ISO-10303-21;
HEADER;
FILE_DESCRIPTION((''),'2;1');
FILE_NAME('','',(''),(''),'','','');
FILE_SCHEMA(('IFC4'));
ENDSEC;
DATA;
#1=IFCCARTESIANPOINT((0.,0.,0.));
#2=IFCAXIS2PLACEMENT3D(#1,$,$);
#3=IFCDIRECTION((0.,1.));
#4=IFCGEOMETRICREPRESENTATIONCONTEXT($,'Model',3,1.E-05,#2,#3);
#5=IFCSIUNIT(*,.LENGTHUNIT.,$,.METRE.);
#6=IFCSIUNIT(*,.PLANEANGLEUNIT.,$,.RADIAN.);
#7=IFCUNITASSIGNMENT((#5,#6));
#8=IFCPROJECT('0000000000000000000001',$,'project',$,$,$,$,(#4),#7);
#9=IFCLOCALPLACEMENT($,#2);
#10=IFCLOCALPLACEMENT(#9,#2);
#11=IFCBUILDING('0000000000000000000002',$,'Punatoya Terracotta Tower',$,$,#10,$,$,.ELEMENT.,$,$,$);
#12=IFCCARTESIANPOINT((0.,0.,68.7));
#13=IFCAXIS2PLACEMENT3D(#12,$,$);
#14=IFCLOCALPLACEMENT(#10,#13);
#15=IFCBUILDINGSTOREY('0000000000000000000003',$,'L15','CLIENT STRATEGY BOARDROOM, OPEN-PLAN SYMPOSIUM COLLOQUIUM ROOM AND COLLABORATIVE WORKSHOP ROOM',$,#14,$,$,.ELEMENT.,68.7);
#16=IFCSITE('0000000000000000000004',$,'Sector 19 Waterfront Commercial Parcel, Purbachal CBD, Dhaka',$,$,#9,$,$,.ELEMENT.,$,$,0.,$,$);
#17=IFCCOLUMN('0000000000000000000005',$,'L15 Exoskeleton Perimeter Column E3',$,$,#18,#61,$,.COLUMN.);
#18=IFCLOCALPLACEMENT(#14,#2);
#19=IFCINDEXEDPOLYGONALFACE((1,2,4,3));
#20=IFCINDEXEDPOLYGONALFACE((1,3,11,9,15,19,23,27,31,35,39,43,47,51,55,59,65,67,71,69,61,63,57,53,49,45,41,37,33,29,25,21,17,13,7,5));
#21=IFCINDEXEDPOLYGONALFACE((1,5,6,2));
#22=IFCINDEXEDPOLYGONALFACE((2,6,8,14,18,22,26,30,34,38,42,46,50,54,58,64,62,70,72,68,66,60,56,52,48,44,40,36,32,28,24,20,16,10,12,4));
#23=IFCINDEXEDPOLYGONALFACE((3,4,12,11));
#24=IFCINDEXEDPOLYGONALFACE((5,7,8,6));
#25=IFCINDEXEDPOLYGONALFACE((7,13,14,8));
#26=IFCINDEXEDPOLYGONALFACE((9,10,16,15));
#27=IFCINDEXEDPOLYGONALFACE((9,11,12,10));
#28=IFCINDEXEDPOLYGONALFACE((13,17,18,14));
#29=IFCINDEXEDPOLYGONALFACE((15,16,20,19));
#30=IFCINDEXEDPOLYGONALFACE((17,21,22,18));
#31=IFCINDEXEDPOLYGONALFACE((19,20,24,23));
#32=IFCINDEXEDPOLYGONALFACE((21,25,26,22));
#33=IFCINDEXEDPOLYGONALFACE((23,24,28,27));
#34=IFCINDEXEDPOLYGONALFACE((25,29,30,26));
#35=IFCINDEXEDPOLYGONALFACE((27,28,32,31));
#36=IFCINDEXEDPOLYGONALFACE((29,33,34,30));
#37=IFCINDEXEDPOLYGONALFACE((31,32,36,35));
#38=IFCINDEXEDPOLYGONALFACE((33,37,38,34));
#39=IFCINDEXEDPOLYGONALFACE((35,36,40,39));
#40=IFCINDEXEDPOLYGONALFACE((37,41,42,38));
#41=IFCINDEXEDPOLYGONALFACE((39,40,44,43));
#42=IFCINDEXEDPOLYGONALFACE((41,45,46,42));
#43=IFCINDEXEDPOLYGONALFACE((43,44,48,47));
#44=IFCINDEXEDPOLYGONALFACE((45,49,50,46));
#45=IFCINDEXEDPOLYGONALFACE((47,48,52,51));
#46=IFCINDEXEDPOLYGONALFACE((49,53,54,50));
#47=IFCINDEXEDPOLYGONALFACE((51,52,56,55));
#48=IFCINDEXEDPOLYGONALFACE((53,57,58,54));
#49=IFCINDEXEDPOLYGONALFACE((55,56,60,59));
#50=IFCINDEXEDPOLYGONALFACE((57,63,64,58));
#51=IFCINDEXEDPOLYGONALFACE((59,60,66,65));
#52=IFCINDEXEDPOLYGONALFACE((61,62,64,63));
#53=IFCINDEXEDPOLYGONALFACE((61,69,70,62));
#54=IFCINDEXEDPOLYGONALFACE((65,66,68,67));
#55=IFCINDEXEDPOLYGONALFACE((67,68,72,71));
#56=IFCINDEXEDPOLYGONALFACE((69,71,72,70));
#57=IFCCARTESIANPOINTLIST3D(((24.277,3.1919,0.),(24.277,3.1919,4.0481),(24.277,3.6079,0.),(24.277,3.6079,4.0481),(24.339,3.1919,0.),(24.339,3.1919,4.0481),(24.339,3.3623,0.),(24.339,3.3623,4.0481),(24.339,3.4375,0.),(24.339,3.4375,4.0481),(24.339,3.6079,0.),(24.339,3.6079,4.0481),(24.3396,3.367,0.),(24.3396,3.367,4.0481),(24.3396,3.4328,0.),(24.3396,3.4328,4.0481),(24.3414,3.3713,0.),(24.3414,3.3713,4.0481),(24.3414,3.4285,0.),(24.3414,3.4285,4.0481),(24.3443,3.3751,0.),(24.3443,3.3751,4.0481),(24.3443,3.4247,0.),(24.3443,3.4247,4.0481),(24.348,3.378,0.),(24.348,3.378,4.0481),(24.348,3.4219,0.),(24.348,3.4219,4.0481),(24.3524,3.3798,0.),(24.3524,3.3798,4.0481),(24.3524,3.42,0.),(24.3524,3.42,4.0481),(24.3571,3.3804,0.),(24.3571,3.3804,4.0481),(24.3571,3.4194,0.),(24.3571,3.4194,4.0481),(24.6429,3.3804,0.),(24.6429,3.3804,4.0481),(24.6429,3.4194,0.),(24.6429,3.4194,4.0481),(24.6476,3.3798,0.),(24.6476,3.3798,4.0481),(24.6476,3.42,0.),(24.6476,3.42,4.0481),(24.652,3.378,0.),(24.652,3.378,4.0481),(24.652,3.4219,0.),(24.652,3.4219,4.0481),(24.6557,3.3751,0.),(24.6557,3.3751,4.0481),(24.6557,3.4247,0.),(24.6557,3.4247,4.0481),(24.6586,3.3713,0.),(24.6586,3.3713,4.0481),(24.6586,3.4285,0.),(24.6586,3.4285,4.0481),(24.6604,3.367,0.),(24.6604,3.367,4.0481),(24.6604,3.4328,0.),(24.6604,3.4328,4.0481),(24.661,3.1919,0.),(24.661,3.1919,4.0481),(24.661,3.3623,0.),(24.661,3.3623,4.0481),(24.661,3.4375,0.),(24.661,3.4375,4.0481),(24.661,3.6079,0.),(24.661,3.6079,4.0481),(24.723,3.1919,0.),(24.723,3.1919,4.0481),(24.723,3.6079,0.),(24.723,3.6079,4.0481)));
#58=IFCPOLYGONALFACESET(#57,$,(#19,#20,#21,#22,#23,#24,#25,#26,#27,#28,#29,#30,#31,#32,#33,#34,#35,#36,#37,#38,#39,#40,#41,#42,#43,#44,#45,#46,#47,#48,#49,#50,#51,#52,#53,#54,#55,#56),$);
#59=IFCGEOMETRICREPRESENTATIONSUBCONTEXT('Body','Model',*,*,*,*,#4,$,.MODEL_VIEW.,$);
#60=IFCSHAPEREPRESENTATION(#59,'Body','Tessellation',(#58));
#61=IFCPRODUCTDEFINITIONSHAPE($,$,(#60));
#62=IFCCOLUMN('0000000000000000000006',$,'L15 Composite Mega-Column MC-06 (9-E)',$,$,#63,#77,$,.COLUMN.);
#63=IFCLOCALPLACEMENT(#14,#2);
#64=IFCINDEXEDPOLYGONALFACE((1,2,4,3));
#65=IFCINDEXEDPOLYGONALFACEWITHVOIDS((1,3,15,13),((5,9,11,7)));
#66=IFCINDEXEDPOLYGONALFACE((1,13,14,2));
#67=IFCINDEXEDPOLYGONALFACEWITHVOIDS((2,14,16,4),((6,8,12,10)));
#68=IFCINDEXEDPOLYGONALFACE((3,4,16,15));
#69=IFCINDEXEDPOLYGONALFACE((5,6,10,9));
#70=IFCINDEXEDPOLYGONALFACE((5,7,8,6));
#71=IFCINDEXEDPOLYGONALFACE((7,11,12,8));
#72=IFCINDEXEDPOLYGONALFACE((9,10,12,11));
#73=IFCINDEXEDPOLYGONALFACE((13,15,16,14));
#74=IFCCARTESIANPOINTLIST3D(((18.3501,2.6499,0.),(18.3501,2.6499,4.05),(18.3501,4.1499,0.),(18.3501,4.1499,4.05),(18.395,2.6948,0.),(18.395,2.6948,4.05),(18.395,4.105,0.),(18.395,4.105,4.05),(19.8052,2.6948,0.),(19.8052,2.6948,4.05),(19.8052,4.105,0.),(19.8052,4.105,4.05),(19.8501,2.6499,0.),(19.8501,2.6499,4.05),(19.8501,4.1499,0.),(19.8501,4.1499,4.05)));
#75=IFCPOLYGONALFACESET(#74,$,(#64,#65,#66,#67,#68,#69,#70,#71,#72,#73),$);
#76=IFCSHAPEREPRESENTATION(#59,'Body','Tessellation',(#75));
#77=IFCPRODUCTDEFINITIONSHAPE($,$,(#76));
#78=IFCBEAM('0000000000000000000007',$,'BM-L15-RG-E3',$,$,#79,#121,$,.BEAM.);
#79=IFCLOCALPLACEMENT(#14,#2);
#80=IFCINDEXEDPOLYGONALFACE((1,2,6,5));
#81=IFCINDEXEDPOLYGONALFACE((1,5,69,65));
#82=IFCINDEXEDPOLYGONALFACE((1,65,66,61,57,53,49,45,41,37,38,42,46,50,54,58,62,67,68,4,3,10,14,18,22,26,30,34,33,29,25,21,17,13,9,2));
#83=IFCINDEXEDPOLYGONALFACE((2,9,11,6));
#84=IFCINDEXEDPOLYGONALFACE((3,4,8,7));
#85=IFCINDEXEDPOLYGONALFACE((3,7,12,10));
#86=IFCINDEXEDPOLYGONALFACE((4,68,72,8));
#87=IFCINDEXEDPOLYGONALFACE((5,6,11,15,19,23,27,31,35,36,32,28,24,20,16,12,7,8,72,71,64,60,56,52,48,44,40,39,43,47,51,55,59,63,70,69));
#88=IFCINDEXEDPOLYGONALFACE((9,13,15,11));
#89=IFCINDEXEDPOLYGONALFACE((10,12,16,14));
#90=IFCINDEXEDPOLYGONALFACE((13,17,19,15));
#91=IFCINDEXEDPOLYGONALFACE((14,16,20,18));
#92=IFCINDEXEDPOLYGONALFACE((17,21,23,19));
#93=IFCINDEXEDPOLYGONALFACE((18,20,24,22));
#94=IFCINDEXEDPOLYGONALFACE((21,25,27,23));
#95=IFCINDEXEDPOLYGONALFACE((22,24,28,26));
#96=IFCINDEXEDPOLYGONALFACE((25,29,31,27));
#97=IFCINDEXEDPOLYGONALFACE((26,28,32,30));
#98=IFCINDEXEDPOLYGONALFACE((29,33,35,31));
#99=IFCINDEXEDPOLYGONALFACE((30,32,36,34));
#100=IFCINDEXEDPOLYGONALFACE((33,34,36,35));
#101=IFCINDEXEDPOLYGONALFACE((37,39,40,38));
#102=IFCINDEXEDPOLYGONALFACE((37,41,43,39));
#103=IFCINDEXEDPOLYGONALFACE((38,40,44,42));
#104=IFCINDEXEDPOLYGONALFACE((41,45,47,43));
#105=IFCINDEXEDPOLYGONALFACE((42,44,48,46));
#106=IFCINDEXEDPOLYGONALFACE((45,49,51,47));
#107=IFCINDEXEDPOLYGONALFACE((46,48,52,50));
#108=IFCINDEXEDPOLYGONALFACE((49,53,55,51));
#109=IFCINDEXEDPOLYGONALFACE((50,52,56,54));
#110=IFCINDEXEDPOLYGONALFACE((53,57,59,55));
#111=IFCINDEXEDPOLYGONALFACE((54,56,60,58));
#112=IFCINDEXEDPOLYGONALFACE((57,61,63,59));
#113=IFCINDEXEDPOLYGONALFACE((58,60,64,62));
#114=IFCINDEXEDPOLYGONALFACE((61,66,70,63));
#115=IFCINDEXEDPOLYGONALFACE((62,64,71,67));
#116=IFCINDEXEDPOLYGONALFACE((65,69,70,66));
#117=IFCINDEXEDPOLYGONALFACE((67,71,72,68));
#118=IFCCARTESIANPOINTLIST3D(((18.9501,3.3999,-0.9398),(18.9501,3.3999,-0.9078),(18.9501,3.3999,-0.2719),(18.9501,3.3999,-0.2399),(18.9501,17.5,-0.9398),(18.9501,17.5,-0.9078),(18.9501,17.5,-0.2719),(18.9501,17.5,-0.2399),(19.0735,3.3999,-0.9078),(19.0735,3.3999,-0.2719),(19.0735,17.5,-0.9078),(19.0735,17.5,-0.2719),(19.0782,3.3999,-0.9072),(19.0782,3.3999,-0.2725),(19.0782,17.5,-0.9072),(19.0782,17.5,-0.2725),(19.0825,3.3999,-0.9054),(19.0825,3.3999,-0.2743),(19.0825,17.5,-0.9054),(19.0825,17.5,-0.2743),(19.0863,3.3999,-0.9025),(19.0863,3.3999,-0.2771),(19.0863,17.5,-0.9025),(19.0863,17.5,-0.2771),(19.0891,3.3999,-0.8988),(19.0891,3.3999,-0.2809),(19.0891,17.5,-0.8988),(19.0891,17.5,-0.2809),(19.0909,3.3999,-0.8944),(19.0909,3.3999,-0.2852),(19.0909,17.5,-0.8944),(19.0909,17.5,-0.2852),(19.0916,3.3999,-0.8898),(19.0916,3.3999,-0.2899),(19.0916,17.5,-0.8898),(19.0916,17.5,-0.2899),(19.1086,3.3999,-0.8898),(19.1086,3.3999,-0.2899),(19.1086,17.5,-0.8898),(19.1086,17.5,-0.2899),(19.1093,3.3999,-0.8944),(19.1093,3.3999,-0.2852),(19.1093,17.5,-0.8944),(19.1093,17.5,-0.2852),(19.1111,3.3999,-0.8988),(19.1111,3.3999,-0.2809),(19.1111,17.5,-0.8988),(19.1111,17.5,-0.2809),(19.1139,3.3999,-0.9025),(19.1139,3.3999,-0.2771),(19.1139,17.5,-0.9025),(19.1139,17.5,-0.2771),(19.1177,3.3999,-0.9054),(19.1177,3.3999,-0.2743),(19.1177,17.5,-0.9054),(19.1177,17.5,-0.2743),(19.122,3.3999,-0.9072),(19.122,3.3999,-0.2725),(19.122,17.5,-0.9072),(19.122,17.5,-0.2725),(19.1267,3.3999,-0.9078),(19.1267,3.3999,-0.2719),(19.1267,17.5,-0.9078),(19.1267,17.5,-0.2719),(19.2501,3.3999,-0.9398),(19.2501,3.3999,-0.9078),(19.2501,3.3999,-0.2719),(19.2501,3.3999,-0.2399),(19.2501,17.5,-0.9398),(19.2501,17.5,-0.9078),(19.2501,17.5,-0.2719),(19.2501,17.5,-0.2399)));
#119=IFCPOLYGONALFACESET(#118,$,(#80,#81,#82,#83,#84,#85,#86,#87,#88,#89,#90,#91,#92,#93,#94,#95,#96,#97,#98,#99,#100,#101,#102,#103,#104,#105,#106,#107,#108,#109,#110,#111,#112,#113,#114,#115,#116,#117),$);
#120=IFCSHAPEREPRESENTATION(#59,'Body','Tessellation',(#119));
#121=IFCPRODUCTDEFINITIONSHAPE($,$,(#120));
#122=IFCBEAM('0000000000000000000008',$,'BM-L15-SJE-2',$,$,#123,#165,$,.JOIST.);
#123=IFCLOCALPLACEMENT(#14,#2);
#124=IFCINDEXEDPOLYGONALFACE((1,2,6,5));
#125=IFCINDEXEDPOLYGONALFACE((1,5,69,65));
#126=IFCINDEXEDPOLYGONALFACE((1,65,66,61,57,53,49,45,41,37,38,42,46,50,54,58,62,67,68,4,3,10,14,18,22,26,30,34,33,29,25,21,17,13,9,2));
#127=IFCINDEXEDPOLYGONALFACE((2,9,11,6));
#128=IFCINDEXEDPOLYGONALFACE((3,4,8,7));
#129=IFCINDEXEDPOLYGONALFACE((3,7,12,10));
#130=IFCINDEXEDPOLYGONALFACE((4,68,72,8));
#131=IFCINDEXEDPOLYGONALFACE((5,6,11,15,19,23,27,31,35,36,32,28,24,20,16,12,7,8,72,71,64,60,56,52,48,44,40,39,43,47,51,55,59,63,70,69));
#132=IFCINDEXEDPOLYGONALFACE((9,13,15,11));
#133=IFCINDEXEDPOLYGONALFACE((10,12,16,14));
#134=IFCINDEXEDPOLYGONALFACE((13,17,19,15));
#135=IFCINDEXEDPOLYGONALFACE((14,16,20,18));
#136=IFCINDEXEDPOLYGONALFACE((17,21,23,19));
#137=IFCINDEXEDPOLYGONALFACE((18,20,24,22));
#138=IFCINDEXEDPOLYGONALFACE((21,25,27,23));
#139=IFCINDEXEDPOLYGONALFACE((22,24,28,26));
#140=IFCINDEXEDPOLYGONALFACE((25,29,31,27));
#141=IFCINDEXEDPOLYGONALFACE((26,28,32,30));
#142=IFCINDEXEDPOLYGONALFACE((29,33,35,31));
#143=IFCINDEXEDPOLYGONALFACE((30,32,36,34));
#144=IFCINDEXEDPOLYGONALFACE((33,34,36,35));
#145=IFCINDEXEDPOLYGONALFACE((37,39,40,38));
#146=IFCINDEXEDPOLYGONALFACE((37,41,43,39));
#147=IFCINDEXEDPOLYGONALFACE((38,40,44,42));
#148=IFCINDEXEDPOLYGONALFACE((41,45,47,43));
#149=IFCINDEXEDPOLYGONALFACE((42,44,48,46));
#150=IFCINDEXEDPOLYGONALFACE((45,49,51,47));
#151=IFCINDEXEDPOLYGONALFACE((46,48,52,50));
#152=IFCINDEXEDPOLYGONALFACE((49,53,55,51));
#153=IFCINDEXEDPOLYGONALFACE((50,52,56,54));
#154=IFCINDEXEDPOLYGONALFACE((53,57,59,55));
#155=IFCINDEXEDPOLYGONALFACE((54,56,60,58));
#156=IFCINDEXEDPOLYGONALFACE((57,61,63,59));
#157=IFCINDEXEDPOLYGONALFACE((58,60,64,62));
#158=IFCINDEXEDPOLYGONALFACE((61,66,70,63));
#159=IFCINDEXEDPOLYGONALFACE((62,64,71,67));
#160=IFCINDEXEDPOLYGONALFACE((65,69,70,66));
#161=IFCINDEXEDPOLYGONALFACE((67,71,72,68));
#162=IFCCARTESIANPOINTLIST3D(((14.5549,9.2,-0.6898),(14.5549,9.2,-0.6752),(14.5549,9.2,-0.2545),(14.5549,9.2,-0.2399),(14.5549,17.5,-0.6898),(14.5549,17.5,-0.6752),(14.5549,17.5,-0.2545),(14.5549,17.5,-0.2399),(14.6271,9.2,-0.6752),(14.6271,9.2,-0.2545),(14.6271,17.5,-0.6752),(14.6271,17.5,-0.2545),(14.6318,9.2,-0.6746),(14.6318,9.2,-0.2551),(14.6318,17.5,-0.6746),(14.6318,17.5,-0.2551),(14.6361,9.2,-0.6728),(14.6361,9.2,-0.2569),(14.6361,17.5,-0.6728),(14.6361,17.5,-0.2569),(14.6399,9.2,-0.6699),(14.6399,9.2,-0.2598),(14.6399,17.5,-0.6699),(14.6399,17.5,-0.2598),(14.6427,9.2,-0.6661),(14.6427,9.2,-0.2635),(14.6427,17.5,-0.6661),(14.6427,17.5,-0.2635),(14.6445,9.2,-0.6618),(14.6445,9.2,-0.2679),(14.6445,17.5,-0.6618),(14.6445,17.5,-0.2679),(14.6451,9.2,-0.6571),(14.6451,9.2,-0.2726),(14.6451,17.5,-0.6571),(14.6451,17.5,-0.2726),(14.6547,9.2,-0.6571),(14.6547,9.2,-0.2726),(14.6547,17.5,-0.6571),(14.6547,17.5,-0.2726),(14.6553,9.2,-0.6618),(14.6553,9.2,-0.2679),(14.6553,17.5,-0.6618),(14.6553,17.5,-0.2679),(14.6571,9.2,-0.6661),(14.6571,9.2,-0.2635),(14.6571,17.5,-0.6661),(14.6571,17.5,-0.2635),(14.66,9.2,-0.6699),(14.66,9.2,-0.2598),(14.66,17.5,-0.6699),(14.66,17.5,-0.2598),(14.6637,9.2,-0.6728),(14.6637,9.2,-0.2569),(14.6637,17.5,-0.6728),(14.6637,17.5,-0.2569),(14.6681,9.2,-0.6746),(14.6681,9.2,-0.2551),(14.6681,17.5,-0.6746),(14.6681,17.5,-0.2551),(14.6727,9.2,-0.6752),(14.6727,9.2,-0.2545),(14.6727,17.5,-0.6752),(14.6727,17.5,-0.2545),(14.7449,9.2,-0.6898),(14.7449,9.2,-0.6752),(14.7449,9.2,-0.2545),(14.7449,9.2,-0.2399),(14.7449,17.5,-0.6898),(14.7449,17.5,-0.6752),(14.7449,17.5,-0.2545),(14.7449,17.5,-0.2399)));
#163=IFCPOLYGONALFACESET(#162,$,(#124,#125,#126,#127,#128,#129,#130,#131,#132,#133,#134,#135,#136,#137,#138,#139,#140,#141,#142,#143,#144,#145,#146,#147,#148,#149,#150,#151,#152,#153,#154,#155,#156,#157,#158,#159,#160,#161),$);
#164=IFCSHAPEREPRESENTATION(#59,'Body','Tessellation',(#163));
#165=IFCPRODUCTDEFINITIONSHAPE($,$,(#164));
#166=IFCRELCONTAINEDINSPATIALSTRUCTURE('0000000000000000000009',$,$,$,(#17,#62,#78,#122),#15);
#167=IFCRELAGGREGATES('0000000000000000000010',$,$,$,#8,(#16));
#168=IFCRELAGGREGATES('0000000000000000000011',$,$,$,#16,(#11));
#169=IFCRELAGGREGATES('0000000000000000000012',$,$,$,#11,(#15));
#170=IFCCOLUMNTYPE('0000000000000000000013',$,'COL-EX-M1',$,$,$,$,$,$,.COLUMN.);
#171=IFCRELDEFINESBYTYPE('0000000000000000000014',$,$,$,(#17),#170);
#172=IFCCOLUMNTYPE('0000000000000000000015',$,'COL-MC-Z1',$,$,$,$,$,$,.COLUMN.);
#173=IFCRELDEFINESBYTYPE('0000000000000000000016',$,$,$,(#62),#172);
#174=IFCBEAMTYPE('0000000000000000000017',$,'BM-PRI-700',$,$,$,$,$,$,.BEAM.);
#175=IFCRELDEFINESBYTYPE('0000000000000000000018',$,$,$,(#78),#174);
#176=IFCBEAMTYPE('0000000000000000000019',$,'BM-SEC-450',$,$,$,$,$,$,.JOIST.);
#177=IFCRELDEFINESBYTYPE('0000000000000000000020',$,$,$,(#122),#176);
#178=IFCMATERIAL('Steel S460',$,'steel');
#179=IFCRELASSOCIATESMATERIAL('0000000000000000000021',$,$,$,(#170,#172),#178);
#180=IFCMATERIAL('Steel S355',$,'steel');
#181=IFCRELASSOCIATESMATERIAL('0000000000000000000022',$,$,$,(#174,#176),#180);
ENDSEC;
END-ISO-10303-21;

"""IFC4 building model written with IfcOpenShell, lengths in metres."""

from ifc_helpers import new_model, si_unit, direction, frame, origin, origin_2d, place, context, subcontext, project, spatial, hollow_rectangle, i_section, extrude, material, material_profile, profile_set, type_object, element, save


model = new_model("IFC4")

# Units and contexts
model_context = context("Model", 3, precision=1e-05, world=origin(), true_north=direction((0.0, 1.0)))
body_context = subcontext(model_context, "Body", "Model", "MODEL_VIEW")
ifc_project = project(units=[si_unit("LENGTHUNIT", "METRE"), si_unit("PLANEANGLEUNIT", "RADIAN")], contexts=[model_context])

# Site, building, storey
site_placement = place(None, origin())
site = spatial("IfcSite", under=ifc_project, at=site_placement, Name="Sector 19 Waterfront Commercial Parcel, Purbachal CBD, Dhaka", CompositionType="ELEMENT", RefElevation=0.0)
building_placement = place(site_placement, origin())
building = spatial("IfcBuilding", under=site, at=building_placement, Name="Punatoya Terracotta Tower", CompositionType="ELEMENT")
storey_placement = place(building_placement, frame((0.0, 0.0, 68.7)))
storey = spatial("IfcBuildingStorey", under=building, at=storey_placement, Name="L15", Description="CLIENT STRATEGY BOARDROOM, OPEN-PLAN SYMPOSIUM COLLOQUIUM ROOM AND COLLABORATIVE WORKSHOP ROOM", CompositionType="ELEMENT", Elevation=68.7)

# Columns
ifc_material_1 = material(Name="Steel S460", Category="steel")
ifc_material_profile_1 = material_profile(ifc_material_1, i_section(OverallWidth=0.416, OverallDepth=0.446, WebThickness=0.0391, FlangeThickness=0.062, FilletRadius=0.0181, at=origin_2d()))
ifc_profile_set_1 = profile_set([ifc_material_profile_1], Name="Steel S460")
column_type_1 = type_object("IfcColumnType", Name="COL-EX-M1", PredefinedType="COLUMN", material=ifc_profile_set_1)
column_1_placement = place(storey_placement, frame((24.5, 3.3999, 0.0), z_axis=(0.0, 0.0, 1.0), x_axis=(0.0, 1.0, 0.0)))
element("IfcColumn", 1, at=column_1_placement, inside=storey, type_object=column_type_1, Name="L15 Exoskeleton Perimeter Column E3", PredefinedType="COLUMN", context=body_context, shape_type="SweptSolid", body=[
    extrude(i_section(OverallWidth=0.416, OverallDepth=0.446, WebThickness=0.0391, FlangeThickness=0.062, FilletRadius=0.0181, at=origin_2d()), origin(), (0.0, 0.0, 1.0), 4.0481),
])
ifc_material_profile_2 = material_profile(ifc_material_1, hollow_rectangle(XDim=1.5, YDim=1.5, WallThickness=0.0449, at=origin_2d()))
ifc_profile_set_2 = profile_set([ifc_material_profile_2], Name="Steel S460")
column_type_2 = type_object("IfcColumnType", Name="COL-MC-Z1", PredefinedType="COLUMN", material=ifc_profile_set_2)
column_2_placement = place(storey_placement, frame((19.1001, 3.3999, 0.0), z_axis=(0.0, 0.0, 1.0), x_axis=(1.0, 0.0, 0.0)))
element("IfcColumn", 2, at=column_2_placement, inside=storey, type_object=column_type_2, Name="L15 Composite Mega-Column MC-06 (9-E)", PredefinedType="COLUMN", context=body_context, shape_type="SweptSolid", body=[
    extrude(hollow_rectangle(XDim=1.5, YDim=1.5, WallThickness=0.0449, at=origin_2d()), origin(), (0.0, 0.0, 1.0), 4.05),
])

# Beams
ifc_material_2 = material(Name="Steel S355", Category="steel")
ifc_material_profile_3 = material_profile(ifc_material_2, i_section(OverallWidth=0.3, OverallDepth=0.7, WebThickness=0.0171, FlangeThickness=0.032, FilletRadius=0.0181, at=origin_2d()))
ifc_profile_set_3 = profile_set([ifc_material_profile_3], Name="Steel S355")
beam_type_1 = type_object("IfcBeamType", Name="BM-PRI-700", PredefinedType="BEAM", material=ifc_profile_set_3)
beam_1_placement = place(storey_placement, frame((19.1001, 3.3999, -0.5898), z_axis=(0.0, 1.0, 0.0), x_axis=(-1.0, 0.0, 0.0)))
element("IfcBeam", 3, at=beam_1_placement, inside=storey, type_object=beam_type_1, Name="BM-L15-RG-E3", PredefinedType="BEAM", context=body_context, shape_type="SweptSolid", body=[
    extrude(i_section(OverallWidth=0.3, OverallDepth=0.7, WebThickness=0.0171, FlangeThickness=0.032, FilletRadius=0.0181, at=origin_2d()), origin(), (0.0, 0.0, 1.0), 14.1001),
])
ifc_material_profile_4 = material_profile(ifc_material_2, i_section(OverallWidth=0.1899, OverallDepth=0.45, WebThickness=0.0095, FlangeThickness=0.0146, FilletRadius=0.0181, at=origin_2d()))
ifc_profile_set_4 = profile_set([ifc_material_profile_4], Name="Steel S355")
beam_type_2 = type_object("IfcBeamType", Name="BM-SEC-450", PredefinedType="JOIST", material=ifc_profile_set_4)
beam_2_placement = place(storey_placement, frame((14.6499, 9.2, -0.4648), z_axis=(0.0, 1.0, 0.0), x_axis=(-1.0, 0.0, 0.0)))
element("IfcBeam", 4, at=beam_2_placement, inside=storey, type_object=beam_type_2, Name="BM-L15-SJE-2", PredefinedType="JOIST", context=body_context, shape_type="SweptSolid", body=[
    extrude(i_section(OverallWidth=0.1899, OverallDepth=0.45, WebThickness=0.0095, FlangeThickness=0.0146, FilletRadius=0.0181, at=origin_2d()), origin(), (0.0, 0.0, 1.0), 8.3),
])

save(model, "model.ifc")
